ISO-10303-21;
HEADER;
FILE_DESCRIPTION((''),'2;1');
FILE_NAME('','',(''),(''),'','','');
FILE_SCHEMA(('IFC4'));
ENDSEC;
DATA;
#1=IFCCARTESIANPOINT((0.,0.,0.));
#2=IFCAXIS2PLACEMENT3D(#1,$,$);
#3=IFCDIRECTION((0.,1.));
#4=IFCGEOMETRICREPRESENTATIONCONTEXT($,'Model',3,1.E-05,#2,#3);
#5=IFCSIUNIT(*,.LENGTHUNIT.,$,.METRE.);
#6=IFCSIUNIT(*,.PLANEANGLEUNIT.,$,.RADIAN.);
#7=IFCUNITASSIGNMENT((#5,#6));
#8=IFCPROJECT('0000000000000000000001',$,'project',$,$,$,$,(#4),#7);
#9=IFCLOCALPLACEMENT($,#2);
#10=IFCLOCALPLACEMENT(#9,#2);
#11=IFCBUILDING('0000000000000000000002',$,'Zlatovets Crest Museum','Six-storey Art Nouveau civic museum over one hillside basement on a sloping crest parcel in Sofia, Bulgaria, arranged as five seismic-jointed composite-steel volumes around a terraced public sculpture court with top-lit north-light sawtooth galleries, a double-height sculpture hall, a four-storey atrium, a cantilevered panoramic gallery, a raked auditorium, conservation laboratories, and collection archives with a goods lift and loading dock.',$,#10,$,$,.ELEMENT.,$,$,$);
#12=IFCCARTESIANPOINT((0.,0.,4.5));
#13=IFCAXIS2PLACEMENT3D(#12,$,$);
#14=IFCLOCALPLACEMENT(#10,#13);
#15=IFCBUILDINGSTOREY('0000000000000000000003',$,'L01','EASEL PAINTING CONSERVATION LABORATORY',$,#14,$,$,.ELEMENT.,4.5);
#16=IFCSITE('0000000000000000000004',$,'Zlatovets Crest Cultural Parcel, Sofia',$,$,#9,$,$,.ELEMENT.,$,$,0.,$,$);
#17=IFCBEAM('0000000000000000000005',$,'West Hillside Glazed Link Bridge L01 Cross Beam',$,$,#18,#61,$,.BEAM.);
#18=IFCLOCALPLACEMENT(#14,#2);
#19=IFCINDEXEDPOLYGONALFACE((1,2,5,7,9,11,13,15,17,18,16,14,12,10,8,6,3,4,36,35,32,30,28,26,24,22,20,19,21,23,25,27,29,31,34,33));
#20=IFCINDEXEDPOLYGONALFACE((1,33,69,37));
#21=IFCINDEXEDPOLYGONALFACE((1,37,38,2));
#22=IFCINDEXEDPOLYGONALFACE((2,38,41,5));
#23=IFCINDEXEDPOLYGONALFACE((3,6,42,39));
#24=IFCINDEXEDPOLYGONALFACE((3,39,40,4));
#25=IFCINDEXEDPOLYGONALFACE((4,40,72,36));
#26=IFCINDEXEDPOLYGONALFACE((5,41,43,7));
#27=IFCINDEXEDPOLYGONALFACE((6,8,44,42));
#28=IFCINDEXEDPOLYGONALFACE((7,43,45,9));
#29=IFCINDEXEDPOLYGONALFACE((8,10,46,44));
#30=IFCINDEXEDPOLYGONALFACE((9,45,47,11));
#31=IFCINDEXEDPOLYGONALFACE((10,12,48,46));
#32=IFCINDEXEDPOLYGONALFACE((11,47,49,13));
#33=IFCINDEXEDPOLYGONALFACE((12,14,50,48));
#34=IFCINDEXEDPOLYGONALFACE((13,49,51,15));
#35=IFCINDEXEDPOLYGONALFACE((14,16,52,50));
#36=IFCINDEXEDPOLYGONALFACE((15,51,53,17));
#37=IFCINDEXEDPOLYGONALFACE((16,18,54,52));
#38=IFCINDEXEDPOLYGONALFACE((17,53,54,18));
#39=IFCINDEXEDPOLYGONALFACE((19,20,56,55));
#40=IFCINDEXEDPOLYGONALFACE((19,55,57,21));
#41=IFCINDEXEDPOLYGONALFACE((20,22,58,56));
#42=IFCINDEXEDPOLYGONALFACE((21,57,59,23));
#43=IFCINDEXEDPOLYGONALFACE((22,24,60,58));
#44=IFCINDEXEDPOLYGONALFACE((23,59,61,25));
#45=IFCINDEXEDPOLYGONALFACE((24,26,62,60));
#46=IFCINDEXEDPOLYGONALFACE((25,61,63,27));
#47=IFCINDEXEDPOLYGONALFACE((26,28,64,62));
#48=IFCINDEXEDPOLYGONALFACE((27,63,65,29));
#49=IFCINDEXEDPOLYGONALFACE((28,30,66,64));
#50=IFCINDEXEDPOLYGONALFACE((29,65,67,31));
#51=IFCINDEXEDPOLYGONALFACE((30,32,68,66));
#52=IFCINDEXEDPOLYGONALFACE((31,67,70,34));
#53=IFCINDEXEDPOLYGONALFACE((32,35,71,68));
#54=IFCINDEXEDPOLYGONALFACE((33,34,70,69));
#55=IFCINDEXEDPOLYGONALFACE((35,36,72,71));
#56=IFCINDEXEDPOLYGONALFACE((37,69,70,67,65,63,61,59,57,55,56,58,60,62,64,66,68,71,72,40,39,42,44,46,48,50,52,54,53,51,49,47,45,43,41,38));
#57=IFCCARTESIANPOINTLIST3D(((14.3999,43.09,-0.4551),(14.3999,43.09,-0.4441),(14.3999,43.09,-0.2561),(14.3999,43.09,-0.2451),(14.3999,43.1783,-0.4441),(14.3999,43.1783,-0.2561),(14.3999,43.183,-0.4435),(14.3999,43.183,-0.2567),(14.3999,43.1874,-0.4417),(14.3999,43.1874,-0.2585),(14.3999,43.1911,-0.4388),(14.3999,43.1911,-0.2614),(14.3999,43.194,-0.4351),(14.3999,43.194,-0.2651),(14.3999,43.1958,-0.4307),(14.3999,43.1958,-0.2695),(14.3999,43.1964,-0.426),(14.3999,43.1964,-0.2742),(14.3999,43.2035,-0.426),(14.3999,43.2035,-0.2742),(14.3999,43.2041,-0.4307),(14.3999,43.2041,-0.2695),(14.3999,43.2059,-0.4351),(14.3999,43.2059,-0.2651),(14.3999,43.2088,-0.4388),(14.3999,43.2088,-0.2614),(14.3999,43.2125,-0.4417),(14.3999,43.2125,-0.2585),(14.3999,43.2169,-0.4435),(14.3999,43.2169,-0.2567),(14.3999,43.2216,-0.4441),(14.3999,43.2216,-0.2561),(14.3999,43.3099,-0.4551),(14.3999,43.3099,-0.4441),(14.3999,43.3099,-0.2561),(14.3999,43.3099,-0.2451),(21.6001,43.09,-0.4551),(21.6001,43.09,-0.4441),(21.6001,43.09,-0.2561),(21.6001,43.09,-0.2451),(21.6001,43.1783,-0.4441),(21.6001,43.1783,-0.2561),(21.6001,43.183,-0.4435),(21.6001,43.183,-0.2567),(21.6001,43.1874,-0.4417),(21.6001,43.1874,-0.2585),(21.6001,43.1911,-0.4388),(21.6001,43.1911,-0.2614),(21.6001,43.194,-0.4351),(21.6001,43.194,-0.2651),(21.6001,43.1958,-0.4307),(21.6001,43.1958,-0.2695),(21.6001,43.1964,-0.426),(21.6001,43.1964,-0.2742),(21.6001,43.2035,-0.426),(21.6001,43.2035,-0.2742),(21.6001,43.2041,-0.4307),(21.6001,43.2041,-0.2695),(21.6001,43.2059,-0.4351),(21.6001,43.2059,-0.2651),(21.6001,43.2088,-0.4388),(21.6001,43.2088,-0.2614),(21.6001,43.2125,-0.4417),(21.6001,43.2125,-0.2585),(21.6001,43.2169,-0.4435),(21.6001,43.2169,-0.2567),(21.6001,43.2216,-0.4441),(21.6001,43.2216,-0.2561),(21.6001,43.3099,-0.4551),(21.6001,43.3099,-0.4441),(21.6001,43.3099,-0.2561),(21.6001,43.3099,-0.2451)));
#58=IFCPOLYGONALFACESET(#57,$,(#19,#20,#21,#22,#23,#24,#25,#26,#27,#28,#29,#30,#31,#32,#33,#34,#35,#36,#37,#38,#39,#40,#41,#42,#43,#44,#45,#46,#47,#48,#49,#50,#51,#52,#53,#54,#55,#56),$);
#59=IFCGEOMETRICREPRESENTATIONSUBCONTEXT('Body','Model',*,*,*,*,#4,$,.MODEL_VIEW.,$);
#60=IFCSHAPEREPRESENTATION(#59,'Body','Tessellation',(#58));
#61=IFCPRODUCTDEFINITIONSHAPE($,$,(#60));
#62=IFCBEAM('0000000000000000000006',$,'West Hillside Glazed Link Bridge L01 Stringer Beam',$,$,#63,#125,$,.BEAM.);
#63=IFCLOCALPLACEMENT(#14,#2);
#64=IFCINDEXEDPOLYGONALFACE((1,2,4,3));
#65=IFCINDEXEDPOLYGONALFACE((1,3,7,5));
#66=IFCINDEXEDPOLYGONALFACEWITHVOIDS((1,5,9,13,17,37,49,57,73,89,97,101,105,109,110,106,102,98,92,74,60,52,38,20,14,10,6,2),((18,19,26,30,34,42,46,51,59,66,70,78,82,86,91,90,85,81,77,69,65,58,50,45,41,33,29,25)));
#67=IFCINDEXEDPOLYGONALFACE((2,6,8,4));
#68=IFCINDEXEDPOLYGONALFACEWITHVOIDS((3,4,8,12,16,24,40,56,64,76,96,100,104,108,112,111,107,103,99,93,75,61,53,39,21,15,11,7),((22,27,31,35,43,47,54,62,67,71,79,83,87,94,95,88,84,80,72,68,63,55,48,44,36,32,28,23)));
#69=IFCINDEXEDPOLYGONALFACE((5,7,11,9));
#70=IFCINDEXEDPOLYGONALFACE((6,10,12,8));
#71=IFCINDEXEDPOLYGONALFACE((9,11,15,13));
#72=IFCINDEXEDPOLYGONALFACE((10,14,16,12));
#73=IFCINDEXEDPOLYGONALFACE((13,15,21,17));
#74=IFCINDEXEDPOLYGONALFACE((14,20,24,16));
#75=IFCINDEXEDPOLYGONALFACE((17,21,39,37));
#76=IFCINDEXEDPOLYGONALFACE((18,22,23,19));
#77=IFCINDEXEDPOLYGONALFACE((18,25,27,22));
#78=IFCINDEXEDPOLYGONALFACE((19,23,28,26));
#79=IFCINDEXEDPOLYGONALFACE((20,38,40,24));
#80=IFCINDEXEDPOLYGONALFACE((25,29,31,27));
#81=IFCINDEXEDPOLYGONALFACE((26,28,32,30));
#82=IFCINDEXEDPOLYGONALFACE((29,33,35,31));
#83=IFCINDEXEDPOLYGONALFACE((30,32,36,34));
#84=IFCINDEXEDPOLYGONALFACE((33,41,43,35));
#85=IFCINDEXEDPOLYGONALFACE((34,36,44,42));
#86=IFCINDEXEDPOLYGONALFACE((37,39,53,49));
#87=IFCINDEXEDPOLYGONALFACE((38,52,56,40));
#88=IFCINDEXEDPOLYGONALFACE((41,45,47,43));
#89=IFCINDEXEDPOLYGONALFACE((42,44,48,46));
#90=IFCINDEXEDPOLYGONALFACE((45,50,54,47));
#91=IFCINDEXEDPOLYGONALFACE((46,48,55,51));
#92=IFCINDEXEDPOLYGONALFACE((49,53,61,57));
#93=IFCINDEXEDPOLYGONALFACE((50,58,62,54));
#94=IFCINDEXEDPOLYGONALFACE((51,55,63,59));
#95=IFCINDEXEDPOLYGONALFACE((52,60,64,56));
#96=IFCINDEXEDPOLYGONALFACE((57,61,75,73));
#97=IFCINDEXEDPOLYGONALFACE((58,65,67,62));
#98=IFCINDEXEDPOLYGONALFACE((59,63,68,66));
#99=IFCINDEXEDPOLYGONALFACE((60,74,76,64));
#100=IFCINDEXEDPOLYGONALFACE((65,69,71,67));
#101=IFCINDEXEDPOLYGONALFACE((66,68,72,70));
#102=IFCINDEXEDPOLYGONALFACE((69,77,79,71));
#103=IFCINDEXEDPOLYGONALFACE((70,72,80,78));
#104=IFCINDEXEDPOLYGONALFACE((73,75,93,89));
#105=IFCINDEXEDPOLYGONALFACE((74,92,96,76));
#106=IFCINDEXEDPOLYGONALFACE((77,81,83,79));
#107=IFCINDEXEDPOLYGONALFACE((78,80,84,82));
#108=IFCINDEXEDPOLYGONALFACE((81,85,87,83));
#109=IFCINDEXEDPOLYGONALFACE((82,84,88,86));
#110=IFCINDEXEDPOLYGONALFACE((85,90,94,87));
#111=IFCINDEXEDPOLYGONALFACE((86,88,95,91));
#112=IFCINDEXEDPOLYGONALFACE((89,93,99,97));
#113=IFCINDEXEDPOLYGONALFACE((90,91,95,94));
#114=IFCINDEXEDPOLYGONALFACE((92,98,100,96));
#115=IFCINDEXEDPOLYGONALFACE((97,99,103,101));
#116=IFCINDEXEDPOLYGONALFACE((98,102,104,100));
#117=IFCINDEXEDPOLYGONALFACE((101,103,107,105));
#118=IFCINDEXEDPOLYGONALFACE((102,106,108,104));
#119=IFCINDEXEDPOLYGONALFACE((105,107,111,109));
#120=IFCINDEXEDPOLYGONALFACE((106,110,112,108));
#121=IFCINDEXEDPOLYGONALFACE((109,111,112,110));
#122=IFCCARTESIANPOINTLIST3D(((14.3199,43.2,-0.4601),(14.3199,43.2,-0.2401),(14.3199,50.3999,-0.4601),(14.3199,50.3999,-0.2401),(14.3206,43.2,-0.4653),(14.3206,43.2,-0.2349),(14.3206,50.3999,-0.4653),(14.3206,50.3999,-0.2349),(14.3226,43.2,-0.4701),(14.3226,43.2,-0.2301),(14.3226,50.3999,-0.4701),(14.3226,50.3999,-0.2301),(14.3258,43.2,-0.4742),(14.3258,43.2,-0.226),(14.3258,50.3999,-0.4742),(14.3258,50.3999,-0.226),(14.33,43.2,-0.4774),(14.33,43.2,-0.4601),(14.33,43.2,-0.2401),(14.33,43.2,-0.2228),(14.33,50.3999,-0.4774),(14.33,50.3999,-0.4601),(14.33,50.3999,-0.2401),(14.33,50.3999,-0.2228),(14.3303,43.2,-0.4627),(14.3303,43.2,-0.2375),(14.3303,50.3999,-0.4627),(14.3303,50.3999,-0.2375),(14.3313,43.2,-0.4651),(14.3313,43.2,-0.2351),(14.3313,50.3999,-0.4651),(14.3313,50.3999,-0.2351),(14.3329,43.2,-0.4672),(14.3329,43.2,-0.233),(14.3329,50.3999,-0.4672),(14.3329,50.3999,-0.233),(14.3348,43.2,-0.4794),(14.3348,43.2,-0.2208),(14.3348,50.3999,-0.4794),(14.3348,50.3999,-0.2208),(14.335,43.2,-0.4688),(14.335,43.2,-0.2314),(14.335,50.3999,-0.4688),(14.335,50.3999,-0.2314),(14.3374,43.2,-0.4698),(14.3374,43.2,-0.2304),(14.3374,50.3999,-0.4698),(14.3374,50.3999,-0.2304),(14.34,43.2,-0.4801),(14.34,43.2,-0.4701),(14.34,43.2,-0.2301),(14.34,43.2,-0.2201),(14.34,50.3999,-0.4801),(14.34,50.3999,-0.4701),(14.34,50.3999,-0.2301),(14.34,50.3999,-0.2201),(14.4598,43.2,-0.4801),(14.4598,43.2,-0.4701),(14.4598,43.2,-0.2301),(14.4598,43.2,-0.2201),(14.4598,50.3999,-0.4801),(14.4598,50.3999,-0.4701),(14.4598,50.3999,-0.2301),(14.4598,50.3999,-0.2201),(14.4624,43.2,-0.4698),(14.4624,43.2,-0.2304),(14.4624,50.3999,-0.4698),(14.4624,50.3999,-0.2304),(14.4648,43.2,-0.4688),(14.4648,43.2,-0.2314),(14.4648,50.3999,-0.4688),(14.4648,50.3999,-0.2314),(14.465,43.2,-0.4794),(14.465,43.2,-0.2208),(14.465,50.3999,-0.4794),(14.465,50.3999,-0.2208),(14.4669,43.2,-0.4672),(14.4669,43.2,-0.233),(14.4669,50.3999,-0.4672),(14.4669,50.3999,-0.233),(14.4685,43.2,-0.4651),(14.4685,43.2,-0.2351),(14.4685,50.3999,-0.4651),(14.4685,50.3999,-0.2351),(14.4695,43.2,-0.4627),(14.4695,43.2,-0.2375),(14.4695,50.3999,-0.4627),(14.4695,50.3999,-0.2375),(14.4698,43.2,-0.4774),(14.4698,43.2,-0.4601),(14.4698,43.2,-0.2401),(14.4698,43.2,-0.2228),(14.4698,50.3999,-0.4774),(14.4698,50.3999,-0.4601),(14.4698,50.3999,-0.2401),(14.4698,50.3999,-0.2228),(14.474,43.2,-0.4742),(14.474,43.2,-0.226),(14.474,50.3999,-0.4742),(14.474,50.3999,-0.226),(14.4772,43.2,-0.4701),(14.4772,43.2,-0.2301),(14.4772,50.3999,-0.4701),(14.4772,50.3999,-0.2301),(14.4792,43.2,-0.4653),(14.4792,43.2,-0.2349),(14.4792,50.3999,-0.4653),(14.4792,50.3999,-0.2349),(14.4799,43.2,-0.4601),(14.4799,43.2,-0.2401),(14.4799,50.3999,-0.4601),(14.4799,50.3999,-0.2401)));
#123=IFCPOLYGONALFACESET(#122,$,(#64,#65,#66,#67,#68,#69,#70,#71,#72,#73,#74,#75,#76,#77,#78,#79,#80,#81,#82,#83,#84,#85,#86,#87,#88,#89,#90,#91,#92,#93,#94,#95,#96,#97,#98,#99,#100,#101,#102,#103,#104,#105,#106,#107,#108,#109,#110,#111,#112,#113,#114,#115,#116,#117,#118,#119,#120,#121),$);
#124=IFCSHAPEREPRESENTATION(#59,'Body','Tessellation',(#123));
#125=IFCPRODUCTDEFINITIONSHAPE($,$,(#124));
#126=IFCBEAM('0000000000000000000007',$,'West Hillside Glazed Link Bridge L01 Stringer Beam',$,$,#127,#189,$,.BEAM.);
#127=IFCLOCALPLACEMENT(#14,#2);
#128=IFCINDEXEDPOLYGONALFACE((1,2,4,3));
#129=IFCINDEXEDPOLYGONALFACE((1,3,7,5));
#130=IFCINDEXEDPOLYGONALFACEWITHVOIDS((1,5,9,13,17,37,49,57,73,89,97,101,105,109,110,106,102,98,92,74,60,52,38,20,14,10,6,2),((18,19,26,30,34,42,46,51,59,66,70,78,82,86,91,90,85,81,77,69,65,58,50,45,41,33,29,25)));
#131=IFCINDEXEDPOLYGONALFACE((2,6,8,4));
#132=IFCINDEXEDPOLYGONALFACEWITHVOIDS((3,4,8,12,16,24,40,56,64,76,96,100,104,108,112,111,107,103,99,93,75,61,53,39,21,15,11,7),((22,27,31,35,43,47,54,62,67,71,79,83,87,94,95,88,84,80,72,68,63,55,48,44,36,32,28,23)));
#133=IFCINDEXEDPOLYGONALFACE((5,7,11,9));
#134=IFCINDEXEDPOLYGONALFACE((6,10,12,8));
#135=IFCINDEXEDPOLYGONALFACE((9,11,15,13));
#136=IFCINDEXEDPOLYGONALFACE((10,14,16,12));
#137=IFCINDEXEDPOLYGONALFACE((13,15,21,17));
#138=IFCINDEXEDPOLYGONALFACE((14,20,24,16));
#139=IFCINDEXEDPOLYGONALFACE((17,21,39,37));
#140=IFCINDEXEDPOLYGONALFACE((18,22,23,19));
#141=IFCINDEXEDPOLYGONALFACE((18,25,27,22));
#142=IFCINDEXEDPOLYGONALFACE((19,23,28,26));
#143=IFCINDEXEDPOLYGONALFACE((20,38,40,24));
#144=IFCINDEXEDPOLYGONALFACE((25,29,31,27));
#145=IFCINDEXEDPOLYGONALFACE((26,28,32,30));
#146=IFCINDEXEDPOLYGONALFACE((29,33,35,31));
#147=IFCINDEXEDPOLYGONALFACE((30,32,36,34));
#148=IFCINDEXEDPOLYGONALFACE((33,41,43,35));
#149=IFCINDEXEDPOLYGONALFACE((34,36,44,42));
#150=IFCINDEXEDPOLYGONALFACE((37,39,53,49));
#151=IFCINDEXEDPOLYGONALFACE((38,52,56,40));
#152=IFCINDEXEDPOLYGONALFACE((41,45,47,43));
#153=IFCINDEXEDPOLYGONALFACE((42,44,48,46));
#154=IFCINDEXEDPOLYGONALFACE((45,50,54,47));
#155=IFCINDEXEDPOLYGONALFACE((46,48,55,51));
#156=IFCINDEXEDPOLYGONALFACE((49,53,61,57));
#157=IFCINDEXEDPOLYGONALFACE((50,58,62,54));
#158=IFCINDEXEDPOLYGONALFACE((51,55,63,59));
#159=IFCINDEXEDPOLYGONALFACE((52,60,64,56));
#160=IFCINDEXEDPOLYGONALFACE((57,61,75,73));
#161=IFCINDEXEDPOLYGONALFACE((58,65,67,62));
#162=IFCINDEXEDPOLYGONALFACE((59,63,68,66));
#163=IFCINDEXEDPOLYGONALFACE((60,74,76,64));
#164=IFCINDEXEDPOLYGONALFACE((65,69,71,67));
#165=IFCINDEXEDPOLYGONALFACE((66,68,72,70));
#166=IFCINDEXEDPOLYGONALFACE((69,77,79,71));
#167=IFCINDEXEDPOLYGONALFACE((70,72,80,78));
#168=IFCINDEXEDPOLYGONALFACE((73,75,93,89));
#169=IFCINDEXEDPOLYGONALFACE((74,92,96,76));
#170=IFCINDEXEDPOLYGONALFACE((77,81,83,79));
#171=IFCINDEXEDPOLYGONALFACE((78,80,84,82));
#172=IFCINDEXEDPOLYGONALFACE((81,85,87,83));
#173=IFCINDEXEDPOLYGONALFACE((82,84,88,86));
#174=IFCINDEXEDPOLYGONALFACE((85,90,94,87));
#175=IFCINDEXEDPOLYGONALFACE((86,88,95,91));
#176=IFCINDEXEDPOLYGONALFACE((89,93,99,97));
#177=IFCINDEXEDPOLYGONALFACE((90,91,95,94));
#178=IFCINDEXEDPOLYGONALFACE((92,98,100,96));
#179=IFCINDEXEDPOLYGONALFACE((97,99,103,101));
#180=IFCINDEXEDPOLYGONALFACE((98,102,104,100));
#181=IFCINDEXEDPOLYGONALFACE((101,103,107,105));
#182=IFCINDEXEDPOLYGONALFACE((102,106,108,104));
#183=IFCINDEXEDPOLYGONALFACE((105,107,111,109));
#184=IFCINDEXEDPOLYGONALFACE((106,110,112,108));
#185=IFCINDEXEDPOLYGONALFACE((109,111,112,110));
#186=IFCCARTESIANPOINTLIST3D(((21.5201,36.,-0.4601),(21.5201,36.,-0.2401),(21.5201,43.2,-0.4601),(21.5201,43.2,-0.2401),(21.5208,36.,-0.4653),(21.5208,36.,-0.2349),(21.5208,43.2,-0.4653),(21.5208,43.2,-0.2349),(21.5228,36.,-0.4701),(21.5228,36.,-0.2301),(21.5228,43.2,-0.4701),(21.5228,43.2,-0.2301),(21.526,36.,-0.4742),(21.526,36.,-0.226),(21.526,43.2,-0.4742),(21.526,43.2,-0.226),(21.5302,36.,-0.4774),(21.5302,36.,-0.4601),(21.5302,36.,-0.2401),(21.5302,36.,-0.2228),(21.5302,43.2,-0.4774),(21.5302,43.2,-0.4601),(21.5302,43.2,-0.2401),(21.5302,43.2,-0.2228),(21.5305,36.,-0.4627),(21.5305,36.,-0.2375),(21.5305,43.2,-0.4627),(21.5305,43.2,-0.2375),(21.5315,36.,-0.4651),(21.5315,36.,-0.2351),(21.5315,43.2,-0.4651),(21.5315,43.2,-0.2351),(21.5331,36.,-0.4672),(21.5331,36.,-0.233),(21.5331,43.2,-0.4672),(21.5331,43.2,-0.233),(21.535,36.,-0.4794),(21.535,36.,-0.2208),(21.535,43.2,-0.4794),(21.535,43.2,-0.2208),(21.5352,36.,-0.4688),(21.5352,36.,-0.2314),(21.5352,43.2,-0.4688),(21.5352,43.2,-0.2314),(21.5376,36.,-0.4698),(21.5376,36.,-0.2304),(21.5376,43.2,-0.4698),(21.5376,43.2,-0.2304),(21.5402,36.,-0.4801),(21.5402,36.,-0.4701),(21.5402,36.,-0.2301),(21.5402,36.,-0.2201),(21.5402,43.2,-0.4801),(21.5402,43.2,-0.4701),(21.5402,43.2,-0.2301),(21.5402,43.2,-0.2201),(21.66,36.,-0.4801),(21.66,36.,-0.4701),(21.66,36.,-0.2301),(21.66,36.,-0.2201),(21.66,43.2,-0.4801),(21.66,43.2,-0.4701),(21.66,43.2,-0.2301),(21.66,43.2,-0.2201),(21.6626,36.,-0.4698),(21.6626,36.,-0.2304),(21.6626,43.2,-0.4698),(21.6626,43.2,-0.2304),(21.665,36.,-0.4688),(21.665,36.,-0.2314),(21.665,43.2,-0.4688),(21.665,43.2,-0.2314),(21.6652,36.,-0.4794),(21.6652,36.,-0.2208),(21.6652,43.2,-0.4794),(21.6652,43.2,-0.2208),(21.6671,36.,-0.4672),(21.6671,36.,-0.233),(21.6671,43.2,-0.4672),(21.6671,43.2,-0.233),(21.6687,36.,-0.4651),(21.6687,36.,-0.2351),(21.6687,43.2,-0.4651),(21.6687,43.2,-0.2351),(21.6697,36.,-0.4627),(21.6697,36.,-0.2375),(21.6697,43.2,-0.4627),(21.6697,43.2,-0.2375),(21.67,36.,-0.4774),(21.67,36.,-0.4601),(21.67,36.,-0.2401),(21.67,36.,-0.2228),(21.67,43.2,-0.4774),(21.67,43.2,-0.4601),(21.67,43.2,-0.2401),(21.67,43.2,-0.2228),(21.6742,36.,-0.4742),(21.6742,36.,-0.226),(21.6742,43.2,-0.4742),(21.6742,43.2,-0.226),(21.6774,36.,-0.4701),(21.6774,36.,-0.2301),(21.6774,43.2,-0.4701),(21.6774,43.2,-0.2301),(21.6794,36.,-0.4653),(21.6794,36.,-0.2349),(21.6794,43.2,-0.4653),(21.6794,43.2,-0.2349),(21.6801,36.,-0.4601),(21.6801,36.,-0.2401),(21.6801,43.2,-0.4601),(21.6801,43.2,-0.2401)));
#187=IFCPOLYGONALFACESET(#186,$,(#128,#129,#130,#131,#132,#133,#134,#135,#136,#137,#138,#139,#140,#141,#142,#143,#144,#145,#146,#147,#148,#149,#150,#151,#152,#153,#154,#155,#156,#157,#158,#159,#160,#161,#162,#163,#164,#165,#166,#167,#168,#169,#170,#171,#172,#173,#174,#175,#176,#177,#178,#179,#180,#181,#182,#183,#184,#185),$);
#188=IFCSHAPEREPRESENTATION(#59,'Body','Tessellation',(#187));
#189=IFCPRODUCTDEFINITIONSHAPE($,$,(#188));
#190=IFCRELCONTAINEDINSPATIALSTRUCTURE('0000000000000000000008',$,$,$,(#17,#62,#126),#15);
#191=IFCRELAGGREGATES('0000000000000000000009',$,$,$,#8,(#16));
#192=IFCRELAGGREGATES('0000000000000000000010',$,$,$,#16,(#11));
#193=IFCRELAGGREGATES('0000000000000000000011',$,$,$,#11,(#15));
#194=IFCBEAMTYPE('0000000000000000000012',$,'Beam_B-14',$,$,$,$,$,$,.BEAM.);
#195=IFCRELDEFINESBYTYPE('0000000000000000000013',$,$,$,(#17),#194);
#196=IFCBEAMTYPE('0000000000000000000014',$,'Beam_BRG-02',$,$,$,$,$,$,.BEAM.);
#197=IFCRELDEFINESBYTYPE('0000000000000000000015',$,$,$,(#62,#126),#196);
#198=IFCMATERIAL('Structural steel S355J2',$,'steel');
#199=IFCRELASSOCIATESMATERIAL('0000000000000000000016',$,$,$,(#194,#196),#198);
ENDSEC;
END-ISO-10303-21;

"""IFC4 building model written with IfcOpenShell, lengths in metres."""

from ifc_helpers import new_model, si_unit, direction, frame, origin, origin_2d, place, context, subcontext, project, spatial, hollow_rectangle, i_section, extrude, material, material_profile, profile_set, type_object, element, save


model = new_model("IFC4")

# Units and contexts
model_context = context("Model", 3, precision=1e-05, world=origin(), true_north=direction((0.0, 1.0)))
body_context = subcontext(model_context, "Body", "Model", "MODEL_VIEW")
ifc_project = project(units=[si_unit("LENGTHUNIT", "METRE"), si_unit("PLANEANGLEUNIT", "RADIAN")], contexts=[model_context])

# Site, building, storey
site_placement = place(None, origin())
site = spatial("IfcSite", under=ifc_project, at=site_placement, Name="Zlatovets Crest Cultural Parcel, Sofia", CompositionType="ELEMENT", RefElevation=0.0)
building_placement = place(site_placement, origin())
building = spatial("IfcBuilding", under=site, at=building_placement, Name="Zlatovets Crest Museum", Description="Six-storey Art Nouveau civic museum over one hillside basement on a sloping crest parcel in Sofia, Bulgaria, arranged as five seismic-jointed composite-steel volumes around a terraced public sculpture court with top-lit north-light sawtooth galleries, a double-height sculpture hall, a four-storey atrium, a cantilevered panoramic gallery, a raked auditorium, conservation laboratories, and collection archives with a goods lift and loading dock.", CompositionType="ELEMENT")
storey_placement = place(building_placement, frame((0.0, 0.0, 4.5)))
storey = spatial("IfcBuildingStorey", under=building, at=storey_placement, Name="L01", Description="EASEL PAINTING CONSERVATION LABORATORY", CompositionType="ELEMENT", Elevation=4.5)

# Shared definitions
ifc_material_1 = material(Name="Structural steel S355J2", Category="steel")

# Beams
ifc_material_profile_1 = material_profile(ifc_material_1, i_section(OverallWidth=0.22, OverallDepth=0.21, WebThickness=0.0071, FlangeThickness=0.011, FilletRadius=0.0181, at=origin_2d()), Name="HEA 220")
ifc_profile_set_1 = profile_set([ifc_material_profile_1], Name="Structural steel S355J2")
beam_type_1 = type_object("IfcBeamType", Name="Beam_B-14", PredefinedType="BEAM", material=ifc_profile_set_1)
beam_placement = place(storey_placement, frame((14.3999, 43.2, -0.3501), z_axis=(1.0, 0.0, 0.0), x_axis=(0.0, 1.0, 0.0)))
element("IfcBeam", 1, at=beam_placement, inside=storey, type_object=beam_type_1, Name="West Hillside Glazed Link Bridge L01 Cross Beam", PredefinedType="BEAM", context=body_context, shape_type="SweptSolid", body=[
    extrude(i_section(OverallWidth=0.22, OverallDepth=0.21, WebThickness=0.0071, FlangeThickness=0.011, FilletRadius=0.0181, at=origin_2d()), origin(), (0.0, 0.0, 1.0), 7.2002),
])
ifc_material_profile_2 = material_profile(ifc_material_1, hollow_rectangle(XDim=0.1599, YDim=0.26, WallThickness=0.01, InnerFilletRadius=0.01, OuterFilletRadius=0.02, at=origin_2d()), Name="RHS 160x260x10.0")
ifc_profile_set_2 = profile_set([ifc_material_profile_2], Name="Structural steel S355J2")
beam_type_2 = type_object("IfcBeamType", Name="Beam_BRG-02", PredefinedType="BEAM", material=ifc_profile_set_2)
for number, where, z_axis, x_axis, name in (
    (2, (14.3999, 43.2, -0.3501), (0.0, 1.0, 0.0), (-1.0, 0.0, 0.0), "West Hillside Glazed Link Bridge L01 Stringer Beam"),
    (3, (21.6001, 36.0, -0.3501), (0.0, 1.0, 0.0), (-1.0, 0.0, 0.0), "West Hillside Glazed Link Bridge L01 Stringer Beam"),
):
    element("IfcBeam", number, at=place(storey_placement, frame(where, z_axis=z_axis, x_axis=x_axis)), inside=storey, type_object=beam_type_2, Name=name, PredefinedType="BEAM", context=body_context, shape_type="SweptSolid", body=[
        extrude(hollow_rectangle(XDim=0.1599, YDim=0.26, WallThickness=0.01, InnerFilletRadius=0.01, OuterFilletRadius=0.02, at=origin_2d()), origin(), (0.0, 0.0, 1.0), 7.2),
    ])

save(model, "model.ifc")
